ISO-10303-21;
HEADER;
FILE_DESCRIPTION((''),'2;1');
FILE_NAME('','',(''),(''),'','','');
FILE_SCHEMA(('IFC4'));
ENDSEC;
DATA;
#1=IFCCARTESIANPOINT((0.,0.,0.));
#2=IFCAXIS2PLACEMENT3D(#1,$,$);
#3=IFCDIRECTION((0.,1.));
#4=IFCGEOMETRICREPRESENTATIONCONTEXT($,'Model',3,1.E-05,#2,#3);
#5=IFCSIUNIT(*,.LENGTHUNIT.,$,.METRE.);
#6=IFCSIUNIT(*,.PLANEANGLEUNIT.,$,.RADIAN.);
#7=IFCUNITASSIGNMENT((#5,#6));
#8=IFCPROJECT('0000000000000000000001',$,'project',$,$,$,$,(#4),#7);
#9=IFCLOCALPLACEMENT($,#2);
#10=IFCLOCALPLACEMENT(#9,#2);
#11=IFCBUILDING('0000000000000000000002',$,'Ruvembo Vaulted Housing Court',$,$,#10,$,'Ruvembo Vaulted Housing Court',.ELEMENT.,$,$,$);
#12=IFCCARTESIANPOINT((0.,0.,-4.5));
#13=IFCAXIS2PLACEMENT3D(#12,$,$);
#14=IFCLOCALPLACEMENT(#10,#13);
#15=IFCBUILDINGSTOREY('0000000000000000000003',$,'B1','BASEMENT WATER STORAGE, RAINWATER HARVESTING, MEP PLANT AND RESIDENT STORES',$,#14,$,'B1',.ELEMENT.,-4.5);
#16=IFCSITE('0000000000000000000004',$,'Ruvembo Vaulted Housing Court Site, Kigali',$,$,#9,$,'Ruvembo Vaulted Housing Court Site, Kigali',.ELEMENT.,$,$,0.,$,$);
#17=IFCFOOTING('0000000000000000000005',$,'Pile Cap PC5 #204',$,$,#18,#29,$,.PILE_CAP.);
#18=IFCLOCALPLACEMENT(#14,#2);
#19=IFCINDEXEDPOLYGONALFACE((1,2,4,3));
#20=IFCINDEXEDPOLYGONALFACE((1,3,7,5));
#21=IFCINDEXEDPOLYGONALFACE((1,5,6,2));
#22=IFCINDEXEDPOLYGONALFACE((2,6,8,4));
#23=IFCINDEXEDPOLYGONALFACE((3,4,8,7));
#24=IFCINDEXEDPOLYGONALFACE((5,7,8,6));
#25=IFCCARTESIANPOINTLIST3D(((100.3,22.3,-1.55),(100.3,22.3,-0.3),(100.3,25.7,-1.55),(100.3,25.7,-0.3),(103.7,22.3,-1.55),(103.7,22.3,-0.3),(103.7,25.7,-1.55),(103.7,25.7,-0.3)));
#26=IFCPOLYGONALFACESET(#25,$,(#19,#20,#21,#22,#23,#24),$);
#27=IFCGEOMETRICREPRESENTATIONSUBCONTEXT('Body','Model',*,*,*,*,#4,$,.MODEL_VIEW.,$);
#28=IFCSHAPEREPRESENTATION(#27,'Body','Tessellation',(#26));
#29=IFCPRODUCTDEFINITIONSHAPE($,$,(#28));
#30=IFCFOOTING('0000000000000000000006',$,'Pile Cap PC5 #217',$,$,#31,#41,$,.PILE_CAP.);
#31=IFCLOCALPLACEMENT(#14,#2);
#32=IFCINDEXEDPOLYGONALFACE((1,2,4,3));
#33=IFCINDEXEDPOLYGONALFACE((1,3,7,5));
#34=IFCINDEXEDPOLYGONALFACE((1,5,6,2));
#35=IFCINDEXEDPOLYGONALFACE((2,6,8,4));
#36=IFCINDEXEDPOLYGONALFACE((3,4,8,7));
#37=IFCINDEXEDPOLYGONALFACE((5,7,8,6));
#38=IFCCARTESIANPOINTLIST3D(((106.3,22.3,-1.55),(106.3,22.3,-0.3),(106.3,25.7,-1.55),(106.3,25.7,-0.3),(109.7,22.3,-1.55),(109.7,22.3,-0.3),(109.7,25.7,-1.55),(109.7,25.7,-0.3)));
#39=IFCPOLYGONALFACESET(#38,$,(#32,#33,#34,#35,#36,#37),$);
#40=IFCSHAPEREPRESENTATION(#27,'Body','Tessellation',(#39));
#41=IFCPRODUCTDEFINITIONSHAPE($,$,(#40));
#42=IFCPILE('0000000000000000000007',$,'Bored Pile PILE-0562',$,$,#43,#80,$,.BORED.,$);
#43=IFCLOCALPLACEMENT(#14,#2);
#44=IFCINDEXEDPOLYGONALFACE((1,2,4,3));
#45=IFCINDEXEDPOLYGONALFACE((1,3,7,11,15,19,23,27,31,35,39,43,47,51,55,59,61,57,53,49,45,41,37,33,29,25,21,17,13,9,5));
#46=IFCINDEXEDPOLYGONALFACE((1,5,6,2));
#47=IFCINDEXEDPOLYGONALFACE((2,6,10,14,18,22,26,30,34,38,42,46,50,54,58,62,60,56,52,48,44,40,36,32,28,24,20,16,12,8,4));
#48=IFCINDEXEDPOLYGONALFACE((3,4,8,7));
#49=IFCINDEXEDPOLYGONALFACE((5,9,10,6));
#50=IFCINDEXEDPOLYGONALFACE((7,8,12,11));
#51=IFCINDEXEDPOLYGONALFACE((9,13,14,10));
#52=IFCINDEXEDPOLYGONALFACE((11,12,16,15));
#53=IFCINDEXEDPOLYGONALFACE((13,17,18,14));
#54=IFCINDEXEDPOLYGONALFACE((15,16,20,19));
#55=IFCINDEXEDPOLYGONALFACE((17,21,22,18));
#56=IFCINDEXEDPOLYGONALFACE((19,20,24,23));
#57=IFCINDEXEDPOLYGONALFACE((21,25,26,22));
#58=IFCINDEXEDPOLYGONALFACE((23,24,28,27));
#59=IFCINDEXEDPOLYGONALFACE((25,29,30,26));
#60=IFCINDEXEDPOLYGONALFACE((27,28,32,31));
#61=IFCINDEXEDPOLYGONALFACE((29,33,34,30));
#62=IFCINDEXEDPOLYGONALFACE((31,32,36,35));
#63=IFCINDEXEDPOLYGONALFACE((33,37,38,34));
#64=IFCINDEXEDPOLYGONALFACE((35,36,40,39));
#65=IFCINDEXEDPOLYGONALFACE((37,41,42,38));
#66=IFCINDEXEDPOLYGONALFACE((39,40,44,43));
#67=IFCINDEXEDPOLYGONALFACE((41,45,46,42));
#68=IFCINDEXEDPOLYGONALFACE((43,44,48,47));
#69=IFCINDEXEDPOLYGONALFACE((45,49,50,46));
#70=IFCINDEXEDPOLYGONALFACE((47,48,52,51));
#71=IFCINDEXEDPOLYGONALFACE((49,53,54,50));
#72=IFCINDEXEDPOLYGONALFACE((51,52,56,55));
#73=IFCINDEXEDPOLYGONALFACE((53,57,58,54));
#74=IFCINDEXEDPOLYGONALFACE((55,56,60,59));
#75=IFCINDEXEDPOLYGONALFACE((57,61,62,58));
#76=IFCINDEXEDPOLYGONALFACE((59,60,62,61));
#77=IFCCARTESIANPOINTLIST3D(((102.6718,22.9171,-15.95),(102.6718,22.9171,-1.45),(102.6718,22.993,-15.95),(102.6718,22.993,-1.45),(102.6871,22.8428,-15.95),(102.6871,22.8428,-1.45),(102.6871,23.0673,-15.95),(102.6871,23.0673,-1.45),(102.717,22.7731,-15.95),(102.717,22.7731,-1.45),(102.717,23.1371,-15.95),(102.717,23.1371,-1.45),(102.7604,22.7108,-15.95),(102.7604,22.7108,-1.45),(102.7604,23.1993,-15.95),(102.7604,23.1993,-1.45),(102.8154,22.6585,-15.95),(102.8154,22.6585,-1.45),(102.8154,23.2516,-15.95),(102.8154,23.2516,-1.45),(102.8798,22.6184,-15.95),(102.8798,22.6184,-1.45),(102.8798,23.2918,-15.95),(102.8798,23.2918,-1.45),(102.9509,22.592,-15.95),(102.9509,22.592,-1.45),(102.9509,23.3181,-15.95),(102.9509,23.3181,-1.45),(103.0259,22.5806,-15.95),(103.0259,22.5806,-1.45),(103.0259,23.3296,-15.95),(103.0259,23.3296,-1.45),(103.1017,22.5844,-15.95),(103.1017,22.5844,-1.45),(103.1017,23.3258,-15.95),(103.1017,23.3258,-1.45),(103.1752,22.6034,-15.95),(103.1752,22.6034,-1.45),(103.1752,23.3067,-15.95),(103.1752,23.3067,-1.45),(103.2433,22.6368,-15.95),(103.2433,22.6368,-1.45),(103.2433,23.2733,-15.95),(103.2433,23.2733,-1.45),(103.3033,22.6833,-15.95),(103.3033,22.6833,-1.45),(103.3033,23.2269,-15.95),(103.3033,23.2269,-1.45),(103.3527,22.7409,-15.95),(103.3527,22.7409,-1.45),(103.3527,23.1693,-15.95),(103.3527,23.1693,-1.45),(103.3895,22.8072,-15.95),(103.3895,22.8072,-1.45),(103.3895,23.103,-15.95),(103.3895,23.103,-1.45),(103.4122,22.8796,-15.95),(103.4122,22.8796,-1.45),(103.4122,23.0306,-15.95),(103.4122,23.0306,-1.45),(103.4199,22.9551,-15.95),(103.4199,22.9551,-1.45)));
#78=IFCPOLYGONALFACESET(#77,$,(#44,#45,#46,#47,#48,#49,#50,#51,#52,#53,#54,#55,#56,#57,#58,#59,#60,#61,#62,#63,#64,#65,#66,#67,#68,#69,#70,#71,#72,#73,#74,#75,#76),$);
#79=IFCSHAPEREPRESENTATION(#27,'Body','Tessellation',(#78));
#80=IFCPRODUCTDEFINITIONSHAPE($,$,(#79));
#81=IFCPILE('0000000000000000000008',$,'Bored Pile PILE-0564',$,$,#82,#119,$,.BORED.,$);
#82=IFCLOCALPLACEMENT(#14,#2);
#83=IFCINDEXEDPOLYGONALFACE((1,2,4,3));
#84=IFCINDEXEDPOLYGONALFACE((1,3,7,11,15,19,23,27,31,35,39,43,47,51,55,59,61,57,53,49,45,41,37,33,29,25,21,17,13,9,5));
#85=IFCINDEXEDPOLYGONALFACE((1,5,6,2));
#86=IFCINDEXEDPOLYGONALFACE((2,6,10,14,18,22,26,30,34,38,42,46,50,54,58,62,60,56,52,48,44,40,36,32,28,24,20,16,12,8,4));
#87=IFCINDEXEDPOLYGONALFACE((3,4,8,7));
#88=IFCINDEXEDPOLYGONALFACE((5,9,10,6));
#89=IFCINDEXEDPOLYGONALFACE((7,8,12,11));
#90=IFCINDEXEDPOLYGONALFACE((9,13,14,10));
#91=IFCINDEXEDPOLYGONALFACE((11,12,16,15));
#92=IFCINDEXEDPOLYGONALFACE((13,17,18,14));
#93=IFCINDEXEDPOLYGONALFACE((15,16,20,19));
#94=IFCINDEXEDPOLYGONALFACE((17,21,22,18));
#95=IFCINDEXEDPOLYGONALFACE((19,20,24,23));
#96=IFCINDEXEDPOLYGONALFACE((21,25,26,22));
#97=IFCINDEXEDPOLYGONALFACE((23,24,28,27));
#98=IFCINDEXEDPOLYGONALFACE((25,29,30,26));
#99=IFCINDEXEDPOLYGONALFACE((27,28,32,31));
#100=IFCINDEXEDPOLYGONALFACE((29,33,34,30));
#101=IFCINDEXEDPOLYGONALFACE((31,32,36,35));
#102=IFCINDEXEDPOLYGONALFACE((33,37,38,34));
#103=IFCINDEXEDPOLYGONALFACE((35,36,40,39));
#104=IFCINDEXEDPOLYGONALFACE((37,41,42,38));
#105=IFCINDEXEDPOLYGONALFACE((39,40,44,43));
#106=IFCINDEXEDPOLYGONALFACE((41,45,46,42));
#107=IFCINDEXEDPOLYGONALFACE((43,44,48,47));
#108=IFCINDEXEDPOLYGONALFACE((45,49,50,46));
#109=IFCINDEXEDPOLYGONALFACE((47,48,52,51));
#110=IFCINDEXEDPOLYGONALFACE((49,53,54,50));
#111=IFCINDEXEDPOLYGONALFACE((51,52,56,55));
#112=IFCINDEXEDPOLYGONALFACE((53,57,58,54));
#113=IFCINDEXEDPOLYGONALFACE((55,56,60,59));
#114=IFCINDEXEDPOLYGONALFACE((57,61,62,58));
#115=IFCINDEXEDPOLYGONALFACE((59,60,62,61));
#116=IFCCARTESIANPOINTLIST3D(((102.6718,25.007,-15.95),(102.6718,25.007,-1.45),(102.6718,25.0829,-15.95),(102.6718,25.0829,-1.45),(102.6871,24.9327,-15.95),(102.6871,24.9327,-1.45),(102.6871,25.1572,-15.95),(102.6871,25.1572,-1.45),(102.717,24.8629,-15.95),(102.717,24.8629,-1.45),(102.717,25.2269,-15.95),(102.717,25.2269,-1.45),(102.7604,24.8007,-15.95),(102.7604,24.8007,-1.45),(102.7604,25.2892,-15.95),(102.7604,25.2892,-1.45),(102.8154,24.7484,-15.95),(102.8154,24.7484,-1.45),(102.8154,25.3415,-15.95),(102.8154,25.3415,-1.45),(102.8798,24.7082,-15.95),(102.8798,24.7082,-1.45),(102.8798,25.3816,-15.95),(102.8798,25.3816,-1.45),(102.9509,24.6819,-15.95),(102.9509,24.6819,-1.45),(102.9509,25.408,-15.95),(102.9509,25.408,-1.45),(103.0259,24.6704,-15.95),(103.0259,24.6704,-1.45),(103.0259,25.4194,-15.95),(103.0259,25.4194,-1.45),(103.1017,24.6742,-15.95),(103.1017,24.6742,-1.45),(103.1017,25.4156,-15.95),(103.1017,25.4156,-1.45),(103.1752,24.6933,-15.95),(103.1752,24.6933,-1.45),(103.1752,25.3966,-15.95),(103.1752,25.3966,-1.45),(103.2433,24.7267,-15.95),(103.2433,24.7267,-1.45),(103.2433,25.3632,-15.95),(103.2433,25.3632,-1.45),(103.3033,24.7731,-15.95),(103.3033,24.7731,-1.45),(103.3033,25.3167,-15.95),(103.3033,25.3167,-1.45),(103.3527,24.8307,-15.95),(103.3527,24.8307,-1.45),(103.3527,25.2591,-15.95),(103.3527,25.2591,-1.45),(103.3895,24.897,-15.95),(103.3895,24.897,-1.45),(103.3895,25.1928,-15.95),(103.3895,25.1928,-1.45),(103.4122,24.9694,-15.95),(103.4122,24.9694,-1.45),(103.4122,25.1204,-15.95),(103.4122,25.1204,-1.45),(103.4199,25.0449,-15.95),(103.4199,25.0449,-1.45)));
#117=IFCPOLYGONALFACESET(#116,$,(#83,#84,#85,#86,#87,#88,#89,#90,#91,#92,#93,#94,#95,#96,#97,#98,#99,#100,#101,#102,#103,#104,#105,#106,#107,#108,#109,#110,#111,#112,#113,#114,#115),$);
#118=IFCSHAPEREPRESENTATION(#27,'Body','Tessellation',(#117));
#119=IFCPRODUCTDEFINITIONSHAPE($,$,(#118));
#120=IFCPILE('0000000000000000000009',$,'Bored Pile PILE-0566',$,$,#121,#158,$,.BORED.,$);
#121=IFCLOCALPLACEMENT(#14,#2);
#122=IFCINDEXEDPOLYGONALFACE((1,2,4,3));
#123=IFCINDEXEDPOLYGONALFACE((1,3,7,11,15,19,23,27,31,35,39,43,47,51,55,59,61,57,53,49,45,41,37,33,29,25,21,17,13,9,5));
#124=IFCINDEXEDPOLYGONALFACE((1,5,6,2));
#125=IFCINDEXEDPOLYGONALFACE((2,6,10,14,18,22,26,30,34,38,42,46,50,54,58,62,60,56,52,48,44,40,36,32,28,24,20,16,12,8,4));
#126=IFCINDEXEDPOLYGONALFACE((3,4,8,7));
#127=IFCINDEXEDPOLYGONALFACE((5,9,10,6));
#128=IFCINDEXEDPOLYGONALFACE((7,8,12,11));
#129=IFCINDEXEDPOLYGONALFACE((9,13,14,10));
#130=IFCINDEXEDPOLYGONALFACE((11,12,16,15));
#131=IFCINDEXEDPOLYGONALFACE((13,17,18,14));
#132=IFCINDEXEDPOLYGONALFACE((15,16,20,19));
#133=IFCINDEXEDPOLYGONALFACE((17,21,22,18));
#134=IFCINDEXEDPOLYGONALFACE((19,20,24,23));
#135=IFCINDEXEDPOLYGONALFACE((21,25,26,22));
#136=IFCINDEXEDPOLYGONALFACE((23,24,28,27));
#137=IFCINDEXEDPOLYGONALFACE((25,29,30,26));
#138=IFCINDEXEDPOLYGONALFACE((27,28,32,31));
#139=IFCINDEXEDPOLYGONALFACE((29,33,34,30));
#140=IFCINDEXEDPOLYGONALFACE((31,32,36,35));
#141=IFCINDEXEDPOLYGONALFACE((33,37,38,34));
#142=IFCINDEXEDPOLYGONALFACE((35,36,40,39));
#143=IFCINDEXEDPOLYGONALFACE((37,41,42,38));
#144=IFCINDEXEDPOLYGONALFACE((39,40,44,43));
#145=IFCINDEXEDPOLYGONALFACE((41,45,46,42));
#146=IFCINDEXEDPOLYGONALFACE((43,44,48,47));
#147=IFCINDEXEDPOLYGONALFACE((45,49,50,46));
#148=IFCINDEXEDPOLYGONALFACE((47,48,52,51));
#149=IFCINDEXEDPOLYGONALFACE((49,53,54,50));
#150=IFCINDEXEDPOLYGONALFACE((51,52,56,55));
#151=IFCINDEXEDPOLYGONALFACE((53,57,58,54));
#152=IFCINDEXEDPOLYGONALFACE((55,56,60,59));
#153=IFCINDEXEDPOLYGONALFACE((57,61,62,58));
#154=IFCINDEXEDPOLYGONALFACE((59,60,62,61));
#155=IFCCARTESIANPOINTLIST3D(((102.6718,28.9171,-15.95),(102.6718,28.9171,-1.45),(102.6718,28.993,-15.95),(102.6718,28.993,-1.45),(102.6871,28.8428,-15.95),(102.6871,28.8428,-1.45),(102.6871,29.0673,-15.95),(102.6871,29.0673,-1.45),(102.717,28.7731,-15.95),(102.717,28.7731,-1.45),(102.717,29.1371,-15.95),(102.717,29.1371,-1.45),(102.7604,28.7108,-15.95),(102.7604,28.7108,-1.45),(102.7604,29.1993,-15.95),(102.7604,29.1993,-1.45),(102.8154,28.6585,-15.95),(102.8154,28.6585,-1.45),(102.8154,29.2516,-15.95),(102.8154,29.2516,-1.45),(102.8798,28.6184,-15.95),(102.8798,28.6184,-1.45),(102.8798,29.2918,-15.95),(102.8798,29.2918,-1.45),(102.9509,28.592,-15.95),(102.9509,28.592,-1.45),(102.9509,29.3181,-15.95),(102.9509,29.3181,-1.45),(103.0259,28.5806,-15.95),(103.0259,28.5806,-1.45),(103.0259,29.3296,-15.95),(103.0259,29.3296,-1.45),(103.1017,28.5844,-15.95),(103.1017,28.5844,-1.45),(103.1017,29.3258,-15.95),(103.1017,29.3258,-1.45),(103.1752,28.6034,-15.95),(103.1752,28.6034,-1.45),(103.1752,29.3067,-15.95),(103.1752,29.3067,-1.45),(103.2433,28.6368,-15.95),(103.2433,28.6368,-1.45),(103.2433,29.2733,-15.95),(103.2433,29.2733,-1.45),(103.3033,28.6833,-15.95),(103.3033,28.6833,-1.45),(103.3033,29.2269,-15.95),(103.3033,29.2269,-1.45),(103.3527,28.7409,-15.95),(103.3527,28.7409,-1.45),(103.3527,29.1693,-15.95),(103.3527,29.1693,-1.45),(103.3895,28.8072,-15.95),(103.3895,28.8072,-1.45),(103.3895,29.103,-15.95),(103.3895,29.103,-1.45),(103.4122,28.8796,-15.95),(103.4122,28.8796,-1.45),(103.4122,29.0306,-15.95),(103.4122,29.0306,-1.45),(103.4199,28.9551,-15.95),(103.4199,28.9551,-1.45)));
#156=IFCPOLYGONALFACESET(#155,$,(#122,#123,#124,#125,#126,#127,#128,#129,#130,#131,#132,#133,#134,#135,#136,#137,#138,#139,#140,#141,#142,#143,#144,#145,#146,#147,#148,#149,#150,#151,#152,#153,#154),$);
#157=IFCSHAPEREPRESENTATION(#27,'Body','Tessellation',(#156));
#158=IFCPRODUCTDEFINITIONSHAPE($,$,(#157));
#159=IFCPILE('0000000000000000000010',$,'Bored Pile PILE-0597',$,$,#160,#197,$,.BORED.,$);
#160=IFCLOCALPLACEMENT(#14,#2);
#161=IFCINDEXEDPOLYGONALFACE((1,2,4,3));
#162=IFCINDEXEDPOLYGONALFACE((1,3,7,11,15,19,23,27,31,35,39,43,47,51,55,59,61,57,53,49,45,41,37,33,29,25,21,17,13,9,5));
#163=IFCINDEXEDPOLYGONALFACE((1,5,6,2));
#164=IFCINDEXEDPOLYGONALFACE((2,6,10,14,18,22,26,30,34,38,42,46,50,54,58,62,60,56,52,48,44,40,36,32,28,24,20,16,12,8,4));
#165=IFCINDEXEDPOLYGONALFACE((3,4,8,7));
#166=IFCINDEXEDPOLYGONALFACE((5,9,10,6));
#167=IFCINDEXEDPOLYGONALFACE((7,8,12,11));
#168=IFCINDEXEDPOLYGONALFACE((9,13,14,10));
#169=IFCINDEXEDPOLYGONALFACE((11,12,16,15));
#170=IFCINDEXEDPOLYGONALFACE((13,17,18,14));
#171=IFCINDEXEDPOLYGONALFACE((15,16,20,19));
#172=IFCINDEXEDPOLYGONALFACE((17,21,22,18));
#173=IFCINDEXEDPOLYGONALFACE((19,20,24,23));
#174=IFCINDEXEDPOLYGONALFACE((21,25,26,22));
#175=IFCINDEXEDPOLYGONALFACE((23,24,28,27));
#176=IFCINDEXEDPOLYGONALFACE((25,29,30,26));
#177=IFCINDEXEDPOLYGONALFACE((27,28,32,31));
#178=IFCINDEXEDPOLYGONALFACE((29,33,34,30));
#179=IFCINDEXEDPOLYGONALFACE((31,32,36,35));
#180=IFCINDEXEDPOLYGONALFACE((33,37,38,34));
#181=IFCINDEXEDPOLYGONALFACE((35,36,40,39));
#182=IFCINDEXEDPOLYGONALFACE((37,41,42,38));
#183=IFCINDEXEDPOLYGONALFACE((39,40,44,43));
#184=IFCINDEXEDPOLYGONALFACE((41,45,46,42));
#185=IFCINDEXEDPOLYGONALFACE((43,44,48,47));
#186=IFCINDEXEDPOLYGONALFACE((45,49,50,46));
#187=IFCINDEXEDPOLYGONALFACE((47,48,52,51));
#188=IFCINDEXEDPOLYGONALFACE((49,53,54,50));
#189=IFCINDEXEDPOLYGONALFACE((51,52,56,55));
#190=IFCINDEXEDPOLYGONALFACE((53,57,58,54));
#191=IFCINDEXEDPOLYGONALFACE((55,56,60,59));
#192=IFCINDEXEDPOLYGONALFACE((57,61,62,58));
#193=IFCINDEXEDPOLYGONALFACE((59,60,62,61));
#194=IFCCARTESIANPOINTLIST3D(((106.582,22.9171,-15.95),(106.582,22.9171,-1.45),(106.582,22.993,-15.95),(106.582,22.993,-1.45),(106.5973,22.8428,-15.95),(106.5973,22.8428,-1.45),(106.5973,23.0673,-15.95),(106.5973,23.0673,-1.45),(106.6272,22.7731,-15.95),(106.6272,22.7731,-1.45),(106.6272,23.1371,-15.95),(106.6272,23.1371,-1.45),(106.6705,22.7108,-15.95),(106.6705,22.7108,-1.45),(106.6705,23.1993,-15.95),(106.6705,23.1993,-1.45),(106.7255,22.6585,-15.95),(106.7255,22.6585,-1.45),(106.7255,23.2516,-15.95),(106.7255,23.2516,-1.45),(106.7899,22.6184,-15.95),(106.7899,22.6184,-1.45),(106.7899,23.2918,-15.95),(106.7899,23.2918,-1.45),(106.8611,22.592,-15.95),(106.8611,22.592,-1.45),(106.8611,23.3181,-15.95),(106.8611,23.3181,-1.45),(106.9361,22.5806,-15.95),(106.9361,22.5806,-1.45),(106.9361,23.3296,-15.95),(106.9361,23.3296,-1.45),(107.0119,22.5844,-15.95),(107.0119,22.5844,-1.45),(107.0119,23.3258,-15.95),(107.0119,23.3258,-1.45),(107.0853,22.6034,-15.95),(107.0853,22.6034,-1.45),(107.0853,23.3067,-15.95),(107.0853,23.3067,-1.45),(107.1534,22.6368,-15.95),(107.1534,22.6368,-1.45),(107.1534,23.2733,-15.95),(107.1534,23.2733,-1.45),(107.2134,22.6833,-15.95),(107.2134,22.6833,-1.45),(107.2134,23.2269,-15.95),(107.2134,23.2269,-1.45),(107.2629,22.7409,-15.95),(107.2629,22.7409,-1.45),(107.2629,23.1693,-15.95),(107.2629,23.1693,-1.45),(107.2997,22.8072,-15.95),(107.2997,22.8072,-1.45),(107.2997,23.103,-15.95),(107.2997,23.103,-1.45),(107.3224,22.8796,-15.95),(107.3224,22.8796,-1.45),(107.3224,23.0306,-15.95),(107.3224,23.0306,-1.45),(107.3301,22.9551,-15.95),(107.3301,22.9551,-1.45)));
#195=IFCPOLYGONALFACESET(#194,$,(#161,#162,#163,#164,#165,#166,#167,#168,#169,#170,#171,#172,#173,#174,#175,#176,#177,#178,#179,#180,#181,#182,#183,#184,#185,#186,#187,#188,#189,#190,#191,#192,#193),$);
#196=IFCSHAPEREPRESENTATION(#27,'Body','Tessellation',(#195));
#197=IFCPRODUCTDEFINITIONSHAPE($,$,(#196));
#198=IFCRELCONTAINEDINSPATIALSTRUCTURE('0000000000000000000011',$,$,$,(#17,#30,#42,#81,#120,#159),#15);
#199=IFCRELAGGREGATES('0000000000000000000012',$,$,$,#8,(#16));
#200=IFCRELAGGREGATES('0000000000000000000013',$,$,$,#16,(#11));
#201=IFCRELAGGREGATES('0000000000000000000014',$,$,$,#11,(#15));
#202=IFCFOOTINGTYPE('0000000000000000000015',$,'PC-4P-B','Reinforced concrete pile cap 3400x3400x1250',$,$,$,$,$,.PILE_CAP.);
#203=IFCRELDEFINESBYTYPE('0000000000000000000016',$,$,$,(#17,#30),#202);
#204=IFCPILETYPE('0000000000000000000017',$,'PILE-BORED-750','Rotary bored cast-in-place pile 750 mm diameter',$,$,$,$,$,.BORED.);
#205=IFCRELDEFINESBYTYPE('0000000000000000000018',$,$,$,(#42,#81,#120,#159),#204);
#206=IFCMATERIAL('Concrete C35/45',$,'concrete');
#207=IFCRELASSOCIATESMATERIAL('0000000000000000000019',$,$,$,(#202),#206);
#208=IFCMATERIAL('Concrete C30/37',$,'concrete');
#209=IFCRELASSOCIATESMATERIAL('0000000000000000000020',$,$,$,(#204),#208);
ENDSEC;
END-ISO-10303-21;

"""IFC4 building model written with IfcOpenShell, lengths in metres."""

from ifc_helpers import new_model, si_unit, direction, frame, origin, origin_2d, place, context, subcontext, project, spatial, rectangle, circle, extrude, material, material_profile, profile_set, type_object, element, save


model = new_model("IFC4")

# Units and contexts
model_context = context("Model", 3, precision=1e-05, world=origin(), true_north=direction((0.0, 1.0)))
body_context = subcontext(model_context, "Body", "Model", "MODEL_VIEW")
ifc_project = project(units=[si_unit("LENGTHUNIT", "METRE"), si_unit("PLANEANGLEUNIT", "RADIAN")], contexts=[model_context])

# Site, building, storey
site_placement = place(None, origin())
site = spatial("IfcSite", under=ifc_project, at=site_placement, Name="Ruvembo Vaulted Housing Court Site, Kigali", LongName="Ruvembo Vaulted Housing Court Site, Kigali", CompositionType="ELEMENT", RefElevation=0.0)
building_placement = place(site_placement, origin())
building = spatial("IfcBuilding", under=site, at=building_placement, Name="Ruvembo Vaulted Housing Court", LongName="Ruvembo Vaulted Housing Court", CompositionType="ELEMENT")
storey_placement = place(building_placement, frame((0.0, 0.0, -4.5)))
storey = spatial("IfcBuildingStorey", under=building, at=storey_placement, Name="B1", Description="BASEMENT WATER STORAGE, RAINWATER HARVESTING, MEP PLANT AND RESIDENT STORES", LongName="B1", CompositionType="ELEMENT", Elevation=-4.5)

# Footings
ifc_material_1 = material(Name="Concrete C35/45", Category="concrete")
footing_type = type_object("IfcFootingType", Name="PC-4P-B", Description="Reinforced concrete pile cap 3400x3400x1250", PredefinedType="PILE_CAP", material=ifc_material_1)
for number, where, z_axis, x_axis, name in (
    (1, (102.0, 24.0, -1.55), (0.0, 0.0, 1.0), (1.0, 0.0, 0.0), "Pile Cap PC5 #204"),
    (2, (108.0, 24.0, -1.55), (0.0, 0.0, 1.0), (1.0, 0.0, 0.0), "Pile Cap PC5 #217"),
):
    element("IfcFooting", number, at=place(storey_placement, frame(where, z_axis=z_axis, x_axis=x_axis)), inside=storey, type_object=footing_type, Name=name, PredefinedType="PILE_CAP", context=body_context, shape_type="SweptSolid", body=[
        extrude(rectangle(XDim=3.3999, YDim=3.3999, at=origin_2d()), origin(), (0.0, 0.0, 1.0), 1.25),
    ])

# Piles
ifc_material_2 = material(Name="Concrete C30/37", Category="concrete")
ifc_material_profile_1 = material_profile(ifc_material_2, circle(Radius=0.375, at=origin_2d()), Name="PILE D750")
ifc_profile_set_1 = profile_set([ifc_material_profile_1], Name="Concrete C30/37")
pile_type_1 = type_object("IfcPileType", Name="PILE-BORED-750", Description="Rotary bored cast-in-place pile 750 mm diameter", PredefinedType="BORED", material=ifc_profile_set_1)
for number, where, z_axis, x_axis, name in (
    (3, (103.0449, 22.9551, -1.45), (0.0, 0.0, -1.0), (1.0, 0.0, 0.0), "Bored Pile PILE-0562"),
    (4, (103.0449, 25.0449, -1.45), (0.0, 0.0, -1.0), (1.0, 0.0, 0.0), "Bored Pile PILE-0564"),
    (5, (103.0449, 28.9551, -1.45), (0.0, 0.0, -1.0), (1.0, 0.0, 0.0), "Bored Pile PILE-0566"),
    (6, (106.9551, 22.9551, -1.45), (0.0, 0.0, -1.0), (1.0, 0.0, 0.0), "Bored Pile PILE-0597"),
):
    element("IfcPile", number, at=place(storey_placement, frame(where, z_axis=z_axis, x_axis=x_axis)), inside=storey, type_object=pile_type_1, Name=name, PredefinedType="BORED", context=body_context, shape_type="SweptSolid", body=[
        extrude(circle(Radius=0.375, at=origin_2d()), origin(), (0.0, 0.0, 1.0), 14.5),
    ])

save(model, "model.ifc")
